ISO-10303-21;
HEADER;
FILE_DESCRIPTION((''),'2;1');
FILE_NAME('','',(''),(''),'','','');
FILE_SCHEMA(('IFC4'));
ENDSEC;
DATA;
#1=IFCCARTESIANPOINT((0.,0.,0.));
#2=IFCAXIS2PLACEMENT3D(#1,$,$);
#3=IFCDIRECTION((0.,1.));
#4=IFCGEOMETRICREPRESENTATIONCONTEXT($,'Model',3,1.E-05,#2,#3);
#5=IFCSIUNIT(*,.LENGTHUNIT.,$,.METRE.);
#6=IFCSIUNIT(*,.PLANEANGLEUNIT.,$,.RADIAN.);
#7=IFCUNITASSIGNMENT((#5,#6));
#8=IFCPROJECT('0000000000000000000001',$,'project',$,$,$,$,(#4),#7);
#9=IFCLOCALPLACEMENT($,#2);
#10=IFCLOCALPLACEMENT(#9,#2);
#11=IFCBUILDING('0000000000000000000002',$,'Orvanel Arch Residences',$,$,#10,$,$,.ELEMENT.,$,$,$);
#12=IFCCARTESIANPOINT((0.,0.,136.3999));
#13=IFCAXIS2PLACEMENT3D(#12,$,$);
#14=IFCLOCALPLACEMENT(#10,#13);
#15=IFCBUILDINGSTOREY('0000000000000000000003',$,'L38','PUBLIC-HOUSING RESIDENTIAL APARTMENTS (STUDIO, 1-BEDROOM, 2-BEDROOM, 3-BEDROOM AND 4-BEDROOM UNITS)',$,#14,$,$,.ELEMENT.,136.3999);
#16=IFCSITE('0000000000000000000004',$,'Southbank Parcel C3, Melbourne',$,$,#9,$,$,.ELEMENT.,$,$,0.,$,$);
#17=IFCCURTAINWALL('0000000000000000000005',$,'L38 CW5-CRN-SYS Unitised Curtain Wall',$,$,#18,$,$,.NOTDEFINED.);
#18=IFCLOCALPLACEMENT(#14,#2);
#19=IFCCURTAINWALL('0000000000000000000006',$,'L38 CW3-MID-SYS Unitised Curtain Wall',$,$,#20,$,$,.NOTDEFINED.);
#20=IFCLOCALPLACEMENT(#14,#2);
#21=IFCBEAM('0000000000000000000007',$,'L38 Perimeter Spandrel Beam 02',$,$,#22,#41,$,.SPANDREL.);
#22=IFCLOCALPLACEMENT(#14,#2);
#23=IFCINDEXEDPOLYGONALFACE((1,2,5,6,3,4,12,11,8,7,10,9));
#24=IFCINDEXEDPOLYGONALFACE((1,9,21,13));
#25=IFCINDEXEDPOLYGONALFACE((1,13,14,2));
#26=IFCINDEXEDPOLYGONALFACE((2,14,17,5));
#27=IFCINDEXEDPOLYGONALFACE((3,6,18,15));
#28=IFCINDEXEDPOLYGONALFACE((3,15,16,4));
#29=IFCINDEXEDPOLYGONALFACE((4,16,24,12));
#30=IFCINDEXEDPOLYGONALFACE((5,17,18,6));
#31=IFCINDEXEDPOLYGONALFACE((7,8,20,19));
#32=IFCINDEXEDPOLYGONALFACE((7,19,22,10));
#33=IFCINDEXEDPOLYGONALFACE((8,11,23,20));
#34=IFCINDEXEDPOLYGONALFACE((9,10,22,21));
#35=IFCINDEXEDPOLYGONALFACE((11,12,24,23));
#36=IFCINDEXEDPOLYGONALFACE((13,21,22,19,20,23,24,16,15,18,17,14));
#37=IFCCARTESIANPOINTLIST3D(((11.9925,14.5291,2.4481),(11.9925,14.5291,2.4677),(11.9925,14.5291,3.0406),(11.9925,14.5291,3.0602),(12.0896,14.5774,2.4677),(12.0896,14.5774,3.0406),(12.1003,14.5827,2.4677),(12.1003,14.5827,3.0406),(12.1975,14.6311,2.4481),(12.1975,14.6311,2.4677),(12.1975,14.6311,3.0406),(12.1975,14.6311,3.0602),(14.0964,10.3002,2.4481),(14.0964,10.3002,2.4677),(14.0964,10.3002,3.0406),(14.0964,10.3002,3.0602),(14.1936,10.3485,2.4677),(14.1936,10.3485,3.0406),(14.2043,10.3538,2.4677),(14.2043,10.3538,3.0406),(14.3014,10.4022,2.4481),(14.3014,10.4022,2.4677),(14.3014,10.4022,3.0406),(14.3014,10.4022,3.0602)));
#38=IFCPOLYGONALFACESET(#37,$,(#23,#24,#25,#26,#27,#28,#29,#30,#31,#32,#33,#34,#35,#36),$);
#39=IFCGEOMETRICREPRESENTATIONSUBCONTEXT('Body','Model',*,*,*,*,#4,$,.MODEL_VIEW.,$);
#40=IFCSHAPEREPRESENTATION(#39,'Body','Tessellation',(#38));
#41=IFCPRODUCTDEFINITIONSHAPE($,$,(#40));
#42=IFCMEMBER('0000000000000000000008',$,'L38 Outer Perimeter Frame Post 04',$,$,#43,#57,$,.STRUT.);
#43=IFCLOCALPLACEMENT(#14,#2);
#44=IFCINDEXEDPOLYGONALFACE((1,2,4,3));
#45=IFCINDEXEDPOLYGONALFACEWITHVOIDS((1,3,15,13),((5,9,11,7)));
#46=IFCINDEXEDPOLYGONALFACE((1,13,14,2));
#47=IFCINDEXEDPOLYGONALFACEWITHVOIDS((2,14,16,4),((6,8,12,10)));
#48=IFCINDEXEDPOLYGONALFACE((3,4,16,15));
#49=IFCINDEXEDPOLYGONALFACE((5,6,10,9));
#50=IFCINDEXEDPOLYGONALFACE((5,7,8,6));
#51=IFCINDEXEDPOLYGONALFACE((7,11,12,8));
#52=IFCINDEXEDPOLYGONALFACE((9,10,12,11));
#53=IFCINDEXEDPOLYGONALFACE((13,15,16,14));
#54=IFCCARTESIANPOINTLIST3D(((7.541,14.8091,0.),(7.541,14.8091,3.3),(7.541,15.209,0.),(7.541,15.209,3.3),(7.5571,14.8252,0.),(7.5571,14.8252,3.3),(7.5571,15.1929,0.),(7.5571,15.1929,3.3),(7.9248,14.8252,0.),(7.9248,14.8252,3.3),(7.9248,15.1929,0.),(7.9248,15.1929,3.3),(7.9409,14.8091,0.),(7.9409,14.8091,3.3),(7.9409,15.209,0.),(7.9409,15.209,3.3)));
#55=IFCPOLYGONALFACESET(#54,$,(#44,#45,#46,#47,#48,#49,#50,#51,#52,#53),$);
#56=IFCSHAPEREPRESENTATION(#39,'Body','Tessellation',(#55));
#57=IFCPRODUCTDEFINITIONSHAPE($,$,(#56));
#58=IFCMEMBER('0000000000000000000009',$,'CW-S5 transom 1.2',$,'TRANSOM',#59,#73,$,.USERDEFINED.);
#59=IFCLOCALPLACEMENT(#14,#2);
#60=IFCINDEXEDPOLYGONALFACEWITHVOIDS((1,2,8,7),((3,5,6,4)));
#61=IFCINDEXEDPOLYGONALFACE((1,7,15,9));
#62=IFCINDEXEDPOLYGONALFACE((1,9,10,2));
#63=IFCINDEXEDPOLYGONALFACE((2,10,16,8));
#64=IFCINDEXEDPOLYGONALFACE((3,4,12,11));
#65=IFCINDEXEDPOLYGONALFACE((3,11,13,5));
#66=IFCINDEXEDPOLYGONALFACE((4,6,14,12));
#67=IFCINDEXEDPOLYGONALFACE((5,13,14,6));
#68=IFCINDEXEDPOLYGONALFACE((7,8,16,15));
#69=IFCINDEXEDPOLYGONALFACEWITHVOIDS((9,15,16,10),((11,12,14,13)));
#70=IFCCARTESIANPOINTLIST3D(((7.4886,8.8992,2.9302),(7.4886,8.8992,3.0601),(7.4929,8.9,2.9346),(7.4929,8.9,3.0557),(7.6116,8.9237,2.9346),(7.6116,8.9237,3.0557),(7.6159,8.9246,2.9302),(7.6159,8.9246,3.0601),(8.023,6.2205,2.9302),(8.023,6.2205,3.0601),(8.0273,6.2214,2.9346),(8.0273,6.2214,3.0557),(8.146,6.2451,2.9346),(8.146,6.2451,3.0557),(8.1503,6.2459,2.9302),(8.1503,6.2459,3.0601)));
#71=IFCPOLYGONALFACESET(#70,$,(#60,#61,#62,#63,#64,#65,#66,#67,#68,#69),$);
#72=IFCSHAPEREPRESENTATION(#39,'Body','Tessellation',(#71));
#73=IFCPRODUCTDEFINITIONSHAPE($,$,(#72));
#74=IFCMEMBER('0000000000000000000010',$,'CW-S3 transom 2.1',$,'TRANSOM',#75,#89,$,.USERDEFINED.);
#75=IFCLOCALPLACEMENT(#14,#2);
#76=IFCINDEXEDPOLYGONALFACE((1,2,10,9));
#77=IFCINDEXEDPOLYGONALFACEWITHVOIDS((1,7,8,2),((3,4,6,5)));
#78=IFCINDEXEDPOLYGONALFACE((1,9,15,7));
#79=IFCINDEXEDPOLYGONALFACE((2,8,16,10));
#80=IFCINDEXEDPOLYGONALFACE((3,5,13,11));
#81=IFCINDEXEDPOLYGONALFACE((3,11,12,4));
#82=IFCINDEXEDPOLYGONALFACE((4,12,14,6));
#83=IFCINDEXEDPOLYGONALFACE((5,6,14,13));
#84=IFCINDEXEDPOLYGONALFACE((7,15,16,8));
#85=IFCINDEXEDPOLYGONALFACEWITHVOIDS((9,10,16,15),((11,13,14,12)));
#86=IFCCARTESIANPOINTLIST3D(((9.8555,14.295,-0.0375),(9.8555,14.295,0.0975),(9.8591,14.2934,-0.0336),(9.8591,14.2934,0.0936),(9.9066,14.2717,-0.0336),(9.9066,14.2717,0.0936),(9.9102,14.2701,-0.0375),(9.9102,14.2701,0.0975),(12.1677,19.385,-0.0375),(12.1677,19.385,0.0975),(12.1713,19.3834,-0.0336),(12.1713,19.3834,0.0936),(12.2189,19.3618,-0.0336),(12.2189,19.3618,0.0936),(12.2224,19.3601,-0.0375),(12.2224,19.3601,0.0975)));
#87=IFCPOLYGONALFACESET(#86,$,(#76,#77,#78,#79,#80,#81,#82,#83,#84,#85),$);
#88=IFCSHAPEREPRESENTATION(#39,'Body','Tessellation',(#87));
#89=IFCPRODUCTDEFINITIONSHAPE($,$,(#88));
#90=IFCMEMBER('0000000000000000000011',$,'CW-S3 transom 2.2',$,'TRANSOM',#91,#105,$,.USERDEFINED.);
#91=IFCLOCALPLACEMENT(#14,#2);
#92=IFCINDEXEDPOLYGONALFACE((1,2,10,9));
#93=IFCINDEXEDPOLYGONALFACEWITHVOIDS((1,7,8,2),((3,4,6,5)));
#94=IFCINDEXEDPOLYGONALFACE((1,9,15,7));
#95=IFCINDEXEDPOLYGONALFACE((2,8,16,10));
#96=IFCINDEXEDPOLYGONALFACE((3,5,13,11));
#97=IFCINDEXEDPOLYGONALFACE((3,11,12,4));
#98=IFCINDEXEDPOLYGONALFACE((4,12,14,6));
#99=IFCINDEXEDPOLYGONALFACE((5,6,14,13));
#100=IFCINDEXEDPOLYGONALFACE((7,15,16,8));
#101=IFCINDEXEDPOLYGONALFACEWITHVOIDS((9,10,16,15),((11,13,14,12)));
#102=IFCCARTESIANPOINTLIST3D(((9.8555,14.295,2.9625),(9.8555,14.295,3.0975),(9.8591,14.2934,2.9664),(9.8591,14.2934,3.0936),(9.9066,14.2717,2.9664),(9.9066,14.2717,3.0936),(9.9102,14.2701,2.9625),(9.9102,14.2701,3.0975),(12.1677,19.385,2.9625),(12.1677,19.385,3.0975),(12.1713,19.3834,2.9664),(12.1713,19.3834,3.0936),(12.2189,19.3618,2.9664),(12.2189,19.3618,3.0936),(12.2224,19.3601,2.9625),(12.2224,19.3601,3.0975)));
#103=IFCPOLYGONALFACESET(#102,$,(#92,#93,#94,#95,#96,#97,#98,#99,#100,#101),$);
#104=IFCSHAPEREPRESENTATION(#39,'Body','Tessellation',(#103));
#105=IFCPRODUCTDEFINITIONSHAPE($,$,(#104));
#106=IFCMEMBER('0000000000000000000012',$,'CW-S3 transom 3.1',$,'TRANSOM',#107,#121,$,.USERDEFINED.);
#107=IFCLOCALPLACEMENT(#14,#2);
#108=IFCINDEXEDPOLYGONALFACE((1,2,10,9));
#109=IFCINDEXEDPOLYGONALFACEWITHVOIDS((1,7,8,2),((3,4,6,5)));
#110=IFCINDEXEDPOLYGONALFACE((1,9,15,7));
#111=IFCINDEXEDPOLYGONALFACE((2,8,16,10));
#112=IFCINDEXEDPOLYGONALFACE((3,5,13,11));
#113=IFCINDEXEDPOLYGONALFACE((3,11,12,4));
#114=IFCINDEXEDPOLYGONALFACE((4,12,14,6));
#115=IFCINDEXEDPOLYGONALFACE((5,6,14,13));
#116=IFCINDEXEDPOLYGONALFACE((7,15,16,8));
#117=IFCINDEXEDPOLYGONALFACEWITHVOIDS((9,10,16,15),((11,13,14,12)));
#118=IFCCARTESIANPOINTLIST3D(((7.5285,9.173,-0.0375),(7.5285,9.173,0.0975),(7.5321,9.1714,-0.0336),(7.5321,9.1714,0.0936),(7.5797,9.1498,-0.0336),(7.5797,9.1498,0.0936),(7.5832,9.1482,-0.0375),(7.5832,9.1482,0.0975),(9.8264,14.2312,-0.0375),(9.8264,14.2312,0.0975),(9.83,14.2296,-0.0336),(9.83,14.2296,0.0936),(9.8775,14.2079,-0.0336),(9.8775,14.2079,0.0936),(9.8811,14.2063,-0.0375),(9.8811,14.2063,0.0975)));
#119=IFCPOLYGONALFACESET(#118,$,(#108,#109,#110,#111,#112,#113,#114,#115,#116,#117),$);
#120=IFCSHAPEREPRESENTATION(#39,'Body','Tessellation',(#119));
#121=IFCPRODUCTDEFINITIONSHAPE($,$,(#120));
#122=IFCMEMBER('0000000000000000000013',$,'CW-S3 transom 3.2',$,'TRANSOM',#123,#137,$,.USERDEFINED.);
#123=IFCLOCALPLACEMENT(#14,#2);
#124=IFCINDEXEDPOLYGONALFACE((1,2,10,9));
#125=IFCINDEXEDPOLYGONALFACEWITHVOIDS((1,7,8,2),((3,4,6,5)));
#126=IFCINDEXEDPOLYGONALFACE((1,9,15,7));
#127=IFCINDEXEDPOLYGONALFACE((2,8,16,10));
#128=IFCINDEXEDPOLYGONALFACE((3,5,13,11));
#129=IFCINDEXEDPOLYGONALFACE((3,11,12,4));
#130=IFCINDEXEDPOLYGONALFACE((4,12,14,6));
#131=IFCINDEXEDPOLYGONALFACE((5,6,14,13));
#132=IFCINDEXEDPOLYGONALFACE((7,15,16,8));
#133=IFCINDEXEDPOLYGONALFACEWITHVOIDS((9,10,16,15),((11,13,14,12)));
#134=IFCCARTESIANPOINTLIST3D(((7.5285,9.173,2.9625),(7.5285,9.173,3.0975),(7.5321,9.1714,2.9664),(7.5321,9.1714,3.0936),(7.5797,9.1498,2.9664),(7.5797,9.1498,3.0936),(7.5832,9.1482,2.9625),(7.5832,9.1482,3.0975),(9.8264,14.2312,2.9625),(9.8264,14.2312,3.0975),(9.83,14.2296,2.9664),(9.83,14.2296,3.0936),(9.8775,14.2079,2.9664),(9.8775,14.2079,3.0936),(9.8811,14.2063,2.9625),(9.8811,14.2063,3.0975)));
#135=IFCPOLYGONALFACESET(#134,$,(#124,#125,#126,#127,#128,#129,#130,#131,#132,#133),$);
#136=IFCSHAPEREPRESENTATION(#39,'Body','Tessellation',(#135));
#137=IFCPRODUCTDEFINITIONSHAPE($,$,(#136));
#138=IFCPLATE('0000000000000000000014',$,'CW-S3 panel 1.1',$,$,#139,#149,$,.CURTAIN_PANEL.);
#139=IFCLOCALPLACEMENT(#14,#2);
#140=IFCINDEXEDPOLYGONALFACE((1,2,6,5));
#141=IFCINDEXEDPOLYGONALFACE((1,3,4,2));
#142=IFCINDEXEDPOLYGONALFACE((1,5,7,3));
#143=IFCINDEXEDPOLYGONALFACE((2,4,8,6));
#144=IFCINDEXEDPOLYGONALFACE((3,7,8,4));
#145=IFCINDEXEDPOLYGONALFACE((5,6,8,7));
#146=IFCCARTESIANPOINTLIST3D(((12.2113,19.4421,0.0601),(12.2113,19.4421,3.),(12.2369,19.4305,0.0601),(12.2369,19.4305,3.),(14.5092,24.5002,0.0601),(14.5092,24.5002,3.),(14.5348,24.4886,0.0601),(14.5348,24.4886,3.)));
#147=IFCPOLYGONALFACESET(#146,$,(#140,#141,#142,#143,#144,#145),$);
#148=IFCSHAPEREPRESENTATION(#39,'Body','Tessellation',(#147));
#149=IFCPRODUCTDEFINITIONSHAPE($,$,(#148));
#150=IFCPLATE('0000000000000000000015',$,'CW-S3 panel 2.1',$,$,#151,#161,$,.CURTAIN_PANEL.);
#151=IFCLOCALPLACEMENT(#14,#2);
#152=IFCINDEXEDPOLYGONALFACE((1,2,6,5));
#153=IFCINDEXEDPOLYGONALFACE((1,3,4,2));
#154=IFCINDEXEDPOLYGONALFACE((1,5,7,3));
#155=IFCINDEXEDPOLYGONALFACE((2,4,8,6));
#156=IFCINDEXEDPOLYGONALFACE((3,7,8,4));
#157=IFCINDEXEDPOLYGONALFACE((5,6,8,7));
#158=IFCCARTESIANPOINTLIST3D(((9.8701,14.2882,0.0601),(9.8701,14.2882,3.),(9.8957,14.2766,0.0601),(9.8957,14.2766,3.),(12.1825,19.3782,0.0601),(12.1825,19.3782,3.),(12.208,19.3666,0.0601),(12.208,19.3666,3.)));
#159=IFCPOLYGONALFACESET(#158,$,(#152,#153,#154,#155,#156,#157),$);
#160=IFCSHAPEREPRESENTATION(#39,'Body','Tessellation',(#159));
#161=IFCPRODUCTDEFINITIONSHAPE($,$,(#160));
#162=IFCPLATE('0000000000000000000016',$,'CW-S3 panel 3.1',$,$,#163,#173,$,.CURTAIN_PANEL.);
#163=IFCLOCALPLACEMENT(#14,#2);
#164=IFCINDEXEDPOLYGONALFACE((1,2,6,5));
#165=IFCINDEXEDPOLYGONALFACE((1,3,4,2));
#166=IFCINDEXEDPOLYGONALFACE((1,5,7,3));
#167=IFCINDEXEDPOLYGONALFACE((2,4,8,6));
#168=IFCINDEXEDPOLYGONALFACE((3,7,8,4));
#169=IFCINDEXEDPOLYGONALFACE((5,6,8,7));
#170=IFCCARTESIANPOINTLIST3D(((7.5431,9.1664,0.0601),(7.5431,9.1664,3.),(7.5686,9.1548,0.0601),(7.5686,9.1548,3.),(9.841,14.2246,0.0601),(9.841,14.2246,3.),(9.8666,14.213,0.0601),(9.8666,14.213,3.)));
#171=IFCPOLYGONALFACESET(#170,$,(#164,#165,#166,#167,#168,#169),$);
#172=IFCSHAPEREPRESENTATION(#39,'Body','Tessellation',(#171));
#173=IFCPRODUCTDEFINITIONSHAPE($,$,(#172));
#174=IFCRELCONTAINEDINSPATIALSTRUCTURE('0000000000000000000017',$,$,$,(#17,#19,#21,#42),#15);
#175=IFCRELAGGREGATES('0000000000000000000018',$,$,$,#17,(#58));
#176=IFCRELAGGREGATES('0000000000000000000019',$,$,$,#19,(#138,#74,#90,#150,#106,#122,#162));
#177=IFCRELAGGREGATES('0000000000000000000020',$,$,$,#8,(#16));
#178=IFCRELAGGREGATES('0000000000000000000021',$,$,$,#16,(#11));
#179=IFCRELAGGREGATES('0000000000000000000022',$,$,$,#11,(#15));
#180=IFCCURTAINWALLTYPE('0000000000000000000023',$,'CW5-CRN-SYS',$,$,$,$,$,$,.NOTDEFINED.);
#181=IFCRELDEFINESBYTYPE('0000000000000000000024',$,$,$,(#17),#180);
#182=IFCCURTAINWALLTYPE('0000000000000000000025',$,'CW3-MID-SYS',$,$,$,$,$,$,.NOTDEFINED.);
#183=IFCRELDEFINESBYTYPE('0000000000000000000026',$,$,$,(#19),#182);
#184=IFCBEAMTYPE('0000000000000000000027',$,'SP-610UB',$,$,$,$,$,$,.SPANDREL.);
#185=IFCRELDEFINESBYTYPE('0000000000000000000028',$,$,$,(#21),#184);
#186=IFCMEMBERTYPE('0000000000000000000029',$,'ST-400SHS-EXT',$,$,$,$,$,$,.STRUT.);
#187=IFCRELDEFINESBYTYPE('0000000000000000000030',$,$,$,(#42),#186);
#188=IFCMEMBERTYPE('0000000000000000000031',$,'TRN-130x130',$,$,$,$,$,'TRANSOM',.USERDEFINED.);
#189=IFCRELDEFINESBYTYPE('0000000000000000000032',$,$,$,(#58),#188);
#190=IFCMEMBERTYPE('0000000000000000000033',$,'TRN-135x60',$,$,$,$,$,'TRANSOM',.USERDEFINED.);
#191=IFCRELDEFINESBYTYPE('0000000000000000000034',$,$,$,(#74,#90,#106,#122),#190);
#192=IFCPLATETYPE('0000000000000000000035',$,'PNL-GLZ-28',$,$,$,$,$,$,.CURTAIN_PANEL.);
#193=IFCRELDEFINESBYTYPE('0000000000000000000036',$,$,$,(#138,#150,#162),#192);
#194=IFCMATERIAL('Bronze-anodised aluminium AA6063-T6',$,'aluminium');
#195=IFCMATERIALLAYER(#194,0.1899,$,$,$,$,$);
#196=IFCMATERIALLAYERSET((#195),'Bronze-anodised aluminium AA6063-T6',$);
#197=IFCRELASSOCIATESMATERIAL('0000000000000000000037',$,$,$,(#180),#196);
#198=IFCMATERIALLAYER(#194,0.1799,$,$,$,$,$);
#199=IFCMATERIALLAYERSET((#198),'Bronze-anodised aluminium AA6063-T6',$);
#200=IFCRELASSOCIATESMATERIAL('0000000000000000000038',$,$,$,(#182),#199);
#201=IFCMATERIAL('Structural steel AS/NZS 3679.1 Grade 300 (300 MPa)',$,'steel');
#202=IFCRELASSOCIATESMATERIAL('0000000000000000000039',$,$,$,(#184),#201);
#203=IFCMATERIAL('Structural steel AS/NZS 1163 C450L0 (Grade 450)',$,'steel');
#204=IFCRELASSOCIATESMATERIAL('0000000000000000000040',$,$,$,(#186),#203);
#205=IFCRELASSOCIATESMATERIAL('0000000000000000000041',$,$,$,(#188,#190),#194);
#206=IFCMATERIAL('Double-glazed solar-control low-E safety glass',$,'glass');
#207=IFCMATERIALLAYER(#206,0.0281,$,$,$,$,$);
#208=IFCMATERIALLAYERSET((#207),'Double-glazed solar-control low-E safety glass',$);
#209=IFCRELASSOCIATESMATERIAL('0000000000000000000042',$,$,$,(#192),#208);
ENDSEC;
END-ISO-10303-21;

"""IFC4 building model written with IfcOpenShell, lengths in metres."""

from ifc_helpers import new_model, si_unit, direction, frame, origin, origin_2d, place, context, subcontext, project, spatial, rectangle, hollow_rectangle, i_section, extrude, material, layer, layer_set, material_profile, profile_set, type_object, element, aggregate, save


model = new_model("IFC4")

# Units and contexts
model_context = context("Model", 3, precision=1e-05, world=origin(), true_north=direction((0.0, 1.0)))
body_context = subcontext(model_context, "Body", "Model", "MODEL_VIEW")
ifc_project = project(units=[si_unit("LENGTHUNIT", "METRE"), si_unit("PLANEANGLEUNIT", "RADIAN")], contexts=[model_context])

# Site, building, storey
site_placement = place(None, origin())
site = spatial("IfcSite", under=ifc_project, at=site_placement, Name="Southbank Parcel C3, Melbourne", CompositionType="ELEMENT", RefElevation=0.0)
building_placement = place(site_placement, origin())
building = spatial("IfcBuilding", under=site, at=building_placement, Name="Orvanel Arch Residences", CompositionType="ELEMENT")
storey_placement = place(building_placement, frame((0.0, 0.0, 136.3999)))
storey = spatial("IfcBuildingStorey", under=building, at=storey_placement, Name="L38", Description="PUBLIC-HOUSING RESIDENTIAL APARTMENTS (STUDIO, 1-BEDROOM, 2-BEDROOM, 3-BEDROOM AND 4-BEDROOM UNITS)", CompositionType="ELEMENT", Elevation=136.3999)

# Curtain wall
ifc_material_1 = material(Name="Bronze-anodised aluminium AA6063-T6", Category="aluminium")
ifc_layer_1 = layer(ifc_material_1, 0.1899)
ifc_layer_set_1 = layer_set([ifc_layer_1], Name="Bronze-anodised aluminium AA6063-T6")
curtain_wall_type_1 = type_object("IfcCurtainWallType", Name="CW5-CRN-SYS", PredefinedType="NOTDEFINED", material=ifc_layer_set_1)
curtain_wall_1_placement = place(storey_placement, origin())
curtain_wall_1 = element("IfcCurtainWall", 1, at=curtain_wall_1_placement, inside=storey, type_object=curtain_wall_type_1, Name="L38 CW5-CRN-SYS Unitised Curtain Wall", PredefinedType="NOTDEFINED")

# Curtain wall
ifc_layer_2 = layer(ifc_material_1, 0.1799)
ifc_layer_set_2 = layer_set([ifc_layer_2], Name="Bronze-anodised aluminium AA6063-T6")
curtain_wall_type_2 = type_object("IfcCurtainWallType", Name="CW3-MID-SYS", PredefinedType="NOTDEFINED", material=ifc_layer_set_2)
curtain_wall_2_placement = place(storey_placement, origin())
curtain_wall_2 = element("IfcCurtainWall", 2, at=curtain_wall_2_placement, inside=storey, type_object=curtain_wall_type_2, Name="L38 CW3-MID-SYS Unitised Curtain Wall", PredefinedType="NOTDEFINED")

# Beam
ifc_material_2 = material(Name="Structural steel AS/NZS 3679.1 Grade 300 (300 MPa)", Category="steel")
ifc_material_profile_1 = material_profile(ifc_material_2, i_section(OverallWidth=0.229, OverallDepth=0.6121, WebThickness=0.012, FlangeThickness=0.0195, at=origin_2d()), Name="610UB125")
ifc_profile_set_1 = profile_set([ifc_material_profile_1], Name="Structural steel AS/NZS 3679.1 Grade 300 (300 MPa)")
beam_type_1 = type_object("IfcBeamType", Name="SP-610UB", PredefinedType="SPANDREL", material=ifc_profile_set_1)
beam_1_placement = place(storey_placement, frame((12.095, 14.5801, 2.7542), z_axis=(0.445435, -0.895314, 0.0), x_axis=(0.895314, 0.445435, 0.0)))
element("IfcBeam", 3, at=beam_1_placement, inside=storey, type_object=beam_type_1, Name="L38 Perimeter Spandrel Beam 02", PredefinedType="SPANDREL", context=body_context, shape_type="SweptSolid", body=[
    extrude(i_section(OverallWidth=0.229, OverallDepth=0.6121, WebThickness=0.012, FlangeThickness=0.0195, at=origin_2d()), origin(), (0.0, 0.0, 1.0), 4.7234),
])

# Members
ifc_material_3 = material(Name="Structural steel AS/NZS 1163 C450L0 (Grade 450)", Category="steel")
ifc_material_profile_2 = material_profile(ifc_material_3, hollow_rectangle(XDim=0.3999, YDim=0.3999, WallThickness=0.0161, at=origin_2d()), Name="SHS400x400x16")
ifc_profile_set_2 = profile_set([ifc_material_profile_2], Name="Structural steel AS/NZS 1163 C450L0 (Grade 450)")
member_type_1 = type_object("IfcMemberType", Name="ST-400SHS-EXT", PredefinedType="STRUT", material=ifc_profile_set_2)
member_1_placement = place(storey_placement, frame((7.741, 15.009, 0.0), z_axis=(0.0, 0.0, 1.0), x_axis=(1.0, 0.0, 0.0)))
element("IfcMember", 4, at=member_1_placement, inside=storey, type_object=member_type_1, Name="L38 Outer Perimeter Frame Post 04", PredefinedType="STRUT", context=body_context, shape_type="SweptSolid", body=[
    extrude(hollow_rectangle(XDim=0.3999, YDim=0.3999, WallThickness=0.0161, at=origin_2d()), origin(), (0.0, 0.0, 1.0), 3.3),
])
ifc_material_profile_3 = material_profile(ifc_material_1, hollow_rectangle(XDim=0.1299, YDim=0.1299, WallThickness=0.0044, at=origin_2d()), Name="ALU130x130x4.5")
ifc_profile_set_3 = profile_set([ifc_material_profile_3], Name="Bronze-anodised aluminium AA6063-T6")
member_type_2 = type_object("IfcMemberType", Name="TRN-130x130", ElementType="TRANSOM", PredefinedType="USERDEFINED", material=ifc_profile_set_3)
member_2_placement = place(storey_placement, frame((7.5522, 8.9119, 2.9951), z_axis=(0.195652, -0.980673, 0.0), x_axis=(0.980673, 0.195652, 0.0)))
member_2 = element("IfcMember", 5, at=member_2_placement, type_object=member_type_2, Name="CW-S5 transom 1.2", ObjectType="TRANSOM", PredefinedType="USERDEFINED", context=body_context, shape_type="SweptSolid", body=[
    extrude(hollow_rectangle(XDim=0.1299, YDim=0.1299, WallThickness=0.0044, at=origin_2d()), origin(), (0.0, 0.0, 1.0), 2.7314),
])
aggregate(curtain_wall_1, [member_2])
ifc_material_profile_4 = material_profile(ifc_material_1, hollow_rectangle(XDim=0.0601, YDim=0.135, WallThickness=0.0039, at=origin_2d()), Name="ALU135x60x4")
ifc_profile_set_4 = profile_set([ifc_material_profile_4], Name="Bronze-anodised aluminium AA6063-T6")
member_type_3 = type_object("IfcMemberType", Name="TRN-135x60", ElementType="TRANSOM", PredefinedType="USERDEFINED", material=ifc_profile_set_4)
member_3_placement = place(storey_placement, frame((12.1951, 19.3726, 0.03), z_axis=(-0.413592, -0.910462, 0.0), x_axis=(0.910462, -0.413592, 0.0)))
member_3 = element("IfcMember", 6, at=member_3_placement, type_object=member_type_3, Name="CW-S3 transom 2.1", ObjectType="TRANSOM", PredefinedType="USERDEFINED", context=body_context, shape_type="SweptSolid", body=[
    extrude(hollow_rectangle(XDim=0.0601, YDim=0.135, WallThickness=0.0039, at=origin_2d()), origin(), (0.0, 0.0, 1.0), 5.5906),
])
member_4_placement = place(storey_placement, frame((12.1951, 19.3726, 3.03), z_axis=(-0.413592, -0.910462, 0.0), x_axis=(0.910462, -0.413592, 0.0)))
member_4 = element("IfcMember", 7, at=member_4_placement, type_object=member_type_3, Name="CW-S3 transom 2.2", ObjectType="TRANSOM", PredefinedType="USERDEFINED", context=body_context, shape_type="SweptSolid", body=[
    extrude(hollow_rectangle(XDim=0.0601, YDim=0.135, WallThickness=0.0039, at=origin_2d()), origin(), (0.0, 0.0, 1.0), 5.5906),
])
member_5_placement = place(storey_placement, frame((9.8538, 14.2188, 0.03), z_axis=(-0.413611, -0.910454, 0.0), x_axis=(0.910454, -0.413611, 0.0)))
member_5 = element("IfcMember", 8, at=member_5_placement, type_object=member_type_3, Name="CW-S3 transom 3.1", ObjectType="TRANSOM", PredefinedType="USERDEFINED", context=body_context, shape_type="SweptSolid", body=[
    extrude(hollow_rectangle(XDim=0.0601, YDim=0.135, WallThickness=0.0039, at=origin_2d()), origin(), (0.0, 0.0, 1.0), 5.5557),
])
member_6_placement = place(storey_placement, frame((9.8538, 14.2188, 3.03), z_axis=(-0.413611, -0.910454, 0.0), x_axis=(0.910454, -0.413611, 0.0)))
member_6 = element("IfcMember", 9, at=member_6_placement, type_object=member_type_3, Name="CW-S3 transom 3.2", ObjectType="TRANSOM", PredefinedType="USERDEFINED", context=body_context, shape_type="SweptSolid", body=[
    extrude(hollow_rectangle(XDim=0.0601, YDim=0.135, WallThickness=0.0039, at=origin_2d()), origin(), (0.0, 0.0, 1.0), 5.5557),
])

# Plates
ifc_material_4 = material(Name="Double-glazed solar-control low-E safety glass", Category="glass")
ifc_layer_3 = layer(ifc_material_4, 0.0281)
ifc_layer_set_3 = layer_set([ifc_layer_3], Name="Double-glazed solar-control low-E safety glass")
plate_type = type_object("IfcPlateType", Name="PNL-GLZ-28", PredefinedType="CURTAIN_PANEL", material=ifc_layer_set_3)
plate_1_placement = place(storey_placement, frame((13.373, 21.9653, 0.0601), z_axis=(0.0, 0.0, 1.0), x_axis=(-0.413621, -0.910449, 0.0)))
plate_1 = element("IfcPlate", 10, at=plate_1_placement, type_object=plate_type, Name="CW-S3 panel 1.1", PredefinedType="CURTAIN_PANEL", context=body_context, shape_type="SweptSolid", body=[
    extrude(rectangle(XDim=5.5557, YDim=0.0281, at=origin_2d()), origin(), (0.0, 0.0, 1.0), 2.9399),
])
plate_2_placement = place(storey_placement, frame((11.0391, 16.8274, 0.0601), z_axis=(0.0, 0.0, 1.0), x_axis=(-0.413621, -0.910449, 0.0)))
plate_2 = element("IfcPlate", 11, at=plate_2_placement, type_object=plate_type, Name="CW-S3 panel 2.1", PredefinedType="CURTAIN_PANEL", context=body_context, shape_type="SweptSolid", body=[
    extrude(rectangle(XDim=5.5906, YDim=0.0281, at=origin_2d()), origin(), (0.0, 0.0, 1.0), 2.9399),
])
plate_3_placement = place(storey_placement, frame((8.7048, 11.6897, 0.0601), z_axis=(0.0, 0.0, 1.0), x_axis=(-0.413621, -0.910449, 0.0)))
plate_3 = element("IfcPlate", 12, at=plate_3_placement, type_object=plate_type, Name="CW-S3 panel 3.1", PredefinedType="CURTAIN_PANEL", context=body_context, shape_type="SweptSolid", body=[
    extrude(rectangle(XDim=5.5557, YDim=0.0281, at=origin_2d()), origin(), (0.0, 0.0, 1.0), 2.9399),
])
aggregate(curtain_wall_2, [plate_1, member_3, member_4, plate_2, member_5, member_6, plate_3])

save(model, "model.ifc")
